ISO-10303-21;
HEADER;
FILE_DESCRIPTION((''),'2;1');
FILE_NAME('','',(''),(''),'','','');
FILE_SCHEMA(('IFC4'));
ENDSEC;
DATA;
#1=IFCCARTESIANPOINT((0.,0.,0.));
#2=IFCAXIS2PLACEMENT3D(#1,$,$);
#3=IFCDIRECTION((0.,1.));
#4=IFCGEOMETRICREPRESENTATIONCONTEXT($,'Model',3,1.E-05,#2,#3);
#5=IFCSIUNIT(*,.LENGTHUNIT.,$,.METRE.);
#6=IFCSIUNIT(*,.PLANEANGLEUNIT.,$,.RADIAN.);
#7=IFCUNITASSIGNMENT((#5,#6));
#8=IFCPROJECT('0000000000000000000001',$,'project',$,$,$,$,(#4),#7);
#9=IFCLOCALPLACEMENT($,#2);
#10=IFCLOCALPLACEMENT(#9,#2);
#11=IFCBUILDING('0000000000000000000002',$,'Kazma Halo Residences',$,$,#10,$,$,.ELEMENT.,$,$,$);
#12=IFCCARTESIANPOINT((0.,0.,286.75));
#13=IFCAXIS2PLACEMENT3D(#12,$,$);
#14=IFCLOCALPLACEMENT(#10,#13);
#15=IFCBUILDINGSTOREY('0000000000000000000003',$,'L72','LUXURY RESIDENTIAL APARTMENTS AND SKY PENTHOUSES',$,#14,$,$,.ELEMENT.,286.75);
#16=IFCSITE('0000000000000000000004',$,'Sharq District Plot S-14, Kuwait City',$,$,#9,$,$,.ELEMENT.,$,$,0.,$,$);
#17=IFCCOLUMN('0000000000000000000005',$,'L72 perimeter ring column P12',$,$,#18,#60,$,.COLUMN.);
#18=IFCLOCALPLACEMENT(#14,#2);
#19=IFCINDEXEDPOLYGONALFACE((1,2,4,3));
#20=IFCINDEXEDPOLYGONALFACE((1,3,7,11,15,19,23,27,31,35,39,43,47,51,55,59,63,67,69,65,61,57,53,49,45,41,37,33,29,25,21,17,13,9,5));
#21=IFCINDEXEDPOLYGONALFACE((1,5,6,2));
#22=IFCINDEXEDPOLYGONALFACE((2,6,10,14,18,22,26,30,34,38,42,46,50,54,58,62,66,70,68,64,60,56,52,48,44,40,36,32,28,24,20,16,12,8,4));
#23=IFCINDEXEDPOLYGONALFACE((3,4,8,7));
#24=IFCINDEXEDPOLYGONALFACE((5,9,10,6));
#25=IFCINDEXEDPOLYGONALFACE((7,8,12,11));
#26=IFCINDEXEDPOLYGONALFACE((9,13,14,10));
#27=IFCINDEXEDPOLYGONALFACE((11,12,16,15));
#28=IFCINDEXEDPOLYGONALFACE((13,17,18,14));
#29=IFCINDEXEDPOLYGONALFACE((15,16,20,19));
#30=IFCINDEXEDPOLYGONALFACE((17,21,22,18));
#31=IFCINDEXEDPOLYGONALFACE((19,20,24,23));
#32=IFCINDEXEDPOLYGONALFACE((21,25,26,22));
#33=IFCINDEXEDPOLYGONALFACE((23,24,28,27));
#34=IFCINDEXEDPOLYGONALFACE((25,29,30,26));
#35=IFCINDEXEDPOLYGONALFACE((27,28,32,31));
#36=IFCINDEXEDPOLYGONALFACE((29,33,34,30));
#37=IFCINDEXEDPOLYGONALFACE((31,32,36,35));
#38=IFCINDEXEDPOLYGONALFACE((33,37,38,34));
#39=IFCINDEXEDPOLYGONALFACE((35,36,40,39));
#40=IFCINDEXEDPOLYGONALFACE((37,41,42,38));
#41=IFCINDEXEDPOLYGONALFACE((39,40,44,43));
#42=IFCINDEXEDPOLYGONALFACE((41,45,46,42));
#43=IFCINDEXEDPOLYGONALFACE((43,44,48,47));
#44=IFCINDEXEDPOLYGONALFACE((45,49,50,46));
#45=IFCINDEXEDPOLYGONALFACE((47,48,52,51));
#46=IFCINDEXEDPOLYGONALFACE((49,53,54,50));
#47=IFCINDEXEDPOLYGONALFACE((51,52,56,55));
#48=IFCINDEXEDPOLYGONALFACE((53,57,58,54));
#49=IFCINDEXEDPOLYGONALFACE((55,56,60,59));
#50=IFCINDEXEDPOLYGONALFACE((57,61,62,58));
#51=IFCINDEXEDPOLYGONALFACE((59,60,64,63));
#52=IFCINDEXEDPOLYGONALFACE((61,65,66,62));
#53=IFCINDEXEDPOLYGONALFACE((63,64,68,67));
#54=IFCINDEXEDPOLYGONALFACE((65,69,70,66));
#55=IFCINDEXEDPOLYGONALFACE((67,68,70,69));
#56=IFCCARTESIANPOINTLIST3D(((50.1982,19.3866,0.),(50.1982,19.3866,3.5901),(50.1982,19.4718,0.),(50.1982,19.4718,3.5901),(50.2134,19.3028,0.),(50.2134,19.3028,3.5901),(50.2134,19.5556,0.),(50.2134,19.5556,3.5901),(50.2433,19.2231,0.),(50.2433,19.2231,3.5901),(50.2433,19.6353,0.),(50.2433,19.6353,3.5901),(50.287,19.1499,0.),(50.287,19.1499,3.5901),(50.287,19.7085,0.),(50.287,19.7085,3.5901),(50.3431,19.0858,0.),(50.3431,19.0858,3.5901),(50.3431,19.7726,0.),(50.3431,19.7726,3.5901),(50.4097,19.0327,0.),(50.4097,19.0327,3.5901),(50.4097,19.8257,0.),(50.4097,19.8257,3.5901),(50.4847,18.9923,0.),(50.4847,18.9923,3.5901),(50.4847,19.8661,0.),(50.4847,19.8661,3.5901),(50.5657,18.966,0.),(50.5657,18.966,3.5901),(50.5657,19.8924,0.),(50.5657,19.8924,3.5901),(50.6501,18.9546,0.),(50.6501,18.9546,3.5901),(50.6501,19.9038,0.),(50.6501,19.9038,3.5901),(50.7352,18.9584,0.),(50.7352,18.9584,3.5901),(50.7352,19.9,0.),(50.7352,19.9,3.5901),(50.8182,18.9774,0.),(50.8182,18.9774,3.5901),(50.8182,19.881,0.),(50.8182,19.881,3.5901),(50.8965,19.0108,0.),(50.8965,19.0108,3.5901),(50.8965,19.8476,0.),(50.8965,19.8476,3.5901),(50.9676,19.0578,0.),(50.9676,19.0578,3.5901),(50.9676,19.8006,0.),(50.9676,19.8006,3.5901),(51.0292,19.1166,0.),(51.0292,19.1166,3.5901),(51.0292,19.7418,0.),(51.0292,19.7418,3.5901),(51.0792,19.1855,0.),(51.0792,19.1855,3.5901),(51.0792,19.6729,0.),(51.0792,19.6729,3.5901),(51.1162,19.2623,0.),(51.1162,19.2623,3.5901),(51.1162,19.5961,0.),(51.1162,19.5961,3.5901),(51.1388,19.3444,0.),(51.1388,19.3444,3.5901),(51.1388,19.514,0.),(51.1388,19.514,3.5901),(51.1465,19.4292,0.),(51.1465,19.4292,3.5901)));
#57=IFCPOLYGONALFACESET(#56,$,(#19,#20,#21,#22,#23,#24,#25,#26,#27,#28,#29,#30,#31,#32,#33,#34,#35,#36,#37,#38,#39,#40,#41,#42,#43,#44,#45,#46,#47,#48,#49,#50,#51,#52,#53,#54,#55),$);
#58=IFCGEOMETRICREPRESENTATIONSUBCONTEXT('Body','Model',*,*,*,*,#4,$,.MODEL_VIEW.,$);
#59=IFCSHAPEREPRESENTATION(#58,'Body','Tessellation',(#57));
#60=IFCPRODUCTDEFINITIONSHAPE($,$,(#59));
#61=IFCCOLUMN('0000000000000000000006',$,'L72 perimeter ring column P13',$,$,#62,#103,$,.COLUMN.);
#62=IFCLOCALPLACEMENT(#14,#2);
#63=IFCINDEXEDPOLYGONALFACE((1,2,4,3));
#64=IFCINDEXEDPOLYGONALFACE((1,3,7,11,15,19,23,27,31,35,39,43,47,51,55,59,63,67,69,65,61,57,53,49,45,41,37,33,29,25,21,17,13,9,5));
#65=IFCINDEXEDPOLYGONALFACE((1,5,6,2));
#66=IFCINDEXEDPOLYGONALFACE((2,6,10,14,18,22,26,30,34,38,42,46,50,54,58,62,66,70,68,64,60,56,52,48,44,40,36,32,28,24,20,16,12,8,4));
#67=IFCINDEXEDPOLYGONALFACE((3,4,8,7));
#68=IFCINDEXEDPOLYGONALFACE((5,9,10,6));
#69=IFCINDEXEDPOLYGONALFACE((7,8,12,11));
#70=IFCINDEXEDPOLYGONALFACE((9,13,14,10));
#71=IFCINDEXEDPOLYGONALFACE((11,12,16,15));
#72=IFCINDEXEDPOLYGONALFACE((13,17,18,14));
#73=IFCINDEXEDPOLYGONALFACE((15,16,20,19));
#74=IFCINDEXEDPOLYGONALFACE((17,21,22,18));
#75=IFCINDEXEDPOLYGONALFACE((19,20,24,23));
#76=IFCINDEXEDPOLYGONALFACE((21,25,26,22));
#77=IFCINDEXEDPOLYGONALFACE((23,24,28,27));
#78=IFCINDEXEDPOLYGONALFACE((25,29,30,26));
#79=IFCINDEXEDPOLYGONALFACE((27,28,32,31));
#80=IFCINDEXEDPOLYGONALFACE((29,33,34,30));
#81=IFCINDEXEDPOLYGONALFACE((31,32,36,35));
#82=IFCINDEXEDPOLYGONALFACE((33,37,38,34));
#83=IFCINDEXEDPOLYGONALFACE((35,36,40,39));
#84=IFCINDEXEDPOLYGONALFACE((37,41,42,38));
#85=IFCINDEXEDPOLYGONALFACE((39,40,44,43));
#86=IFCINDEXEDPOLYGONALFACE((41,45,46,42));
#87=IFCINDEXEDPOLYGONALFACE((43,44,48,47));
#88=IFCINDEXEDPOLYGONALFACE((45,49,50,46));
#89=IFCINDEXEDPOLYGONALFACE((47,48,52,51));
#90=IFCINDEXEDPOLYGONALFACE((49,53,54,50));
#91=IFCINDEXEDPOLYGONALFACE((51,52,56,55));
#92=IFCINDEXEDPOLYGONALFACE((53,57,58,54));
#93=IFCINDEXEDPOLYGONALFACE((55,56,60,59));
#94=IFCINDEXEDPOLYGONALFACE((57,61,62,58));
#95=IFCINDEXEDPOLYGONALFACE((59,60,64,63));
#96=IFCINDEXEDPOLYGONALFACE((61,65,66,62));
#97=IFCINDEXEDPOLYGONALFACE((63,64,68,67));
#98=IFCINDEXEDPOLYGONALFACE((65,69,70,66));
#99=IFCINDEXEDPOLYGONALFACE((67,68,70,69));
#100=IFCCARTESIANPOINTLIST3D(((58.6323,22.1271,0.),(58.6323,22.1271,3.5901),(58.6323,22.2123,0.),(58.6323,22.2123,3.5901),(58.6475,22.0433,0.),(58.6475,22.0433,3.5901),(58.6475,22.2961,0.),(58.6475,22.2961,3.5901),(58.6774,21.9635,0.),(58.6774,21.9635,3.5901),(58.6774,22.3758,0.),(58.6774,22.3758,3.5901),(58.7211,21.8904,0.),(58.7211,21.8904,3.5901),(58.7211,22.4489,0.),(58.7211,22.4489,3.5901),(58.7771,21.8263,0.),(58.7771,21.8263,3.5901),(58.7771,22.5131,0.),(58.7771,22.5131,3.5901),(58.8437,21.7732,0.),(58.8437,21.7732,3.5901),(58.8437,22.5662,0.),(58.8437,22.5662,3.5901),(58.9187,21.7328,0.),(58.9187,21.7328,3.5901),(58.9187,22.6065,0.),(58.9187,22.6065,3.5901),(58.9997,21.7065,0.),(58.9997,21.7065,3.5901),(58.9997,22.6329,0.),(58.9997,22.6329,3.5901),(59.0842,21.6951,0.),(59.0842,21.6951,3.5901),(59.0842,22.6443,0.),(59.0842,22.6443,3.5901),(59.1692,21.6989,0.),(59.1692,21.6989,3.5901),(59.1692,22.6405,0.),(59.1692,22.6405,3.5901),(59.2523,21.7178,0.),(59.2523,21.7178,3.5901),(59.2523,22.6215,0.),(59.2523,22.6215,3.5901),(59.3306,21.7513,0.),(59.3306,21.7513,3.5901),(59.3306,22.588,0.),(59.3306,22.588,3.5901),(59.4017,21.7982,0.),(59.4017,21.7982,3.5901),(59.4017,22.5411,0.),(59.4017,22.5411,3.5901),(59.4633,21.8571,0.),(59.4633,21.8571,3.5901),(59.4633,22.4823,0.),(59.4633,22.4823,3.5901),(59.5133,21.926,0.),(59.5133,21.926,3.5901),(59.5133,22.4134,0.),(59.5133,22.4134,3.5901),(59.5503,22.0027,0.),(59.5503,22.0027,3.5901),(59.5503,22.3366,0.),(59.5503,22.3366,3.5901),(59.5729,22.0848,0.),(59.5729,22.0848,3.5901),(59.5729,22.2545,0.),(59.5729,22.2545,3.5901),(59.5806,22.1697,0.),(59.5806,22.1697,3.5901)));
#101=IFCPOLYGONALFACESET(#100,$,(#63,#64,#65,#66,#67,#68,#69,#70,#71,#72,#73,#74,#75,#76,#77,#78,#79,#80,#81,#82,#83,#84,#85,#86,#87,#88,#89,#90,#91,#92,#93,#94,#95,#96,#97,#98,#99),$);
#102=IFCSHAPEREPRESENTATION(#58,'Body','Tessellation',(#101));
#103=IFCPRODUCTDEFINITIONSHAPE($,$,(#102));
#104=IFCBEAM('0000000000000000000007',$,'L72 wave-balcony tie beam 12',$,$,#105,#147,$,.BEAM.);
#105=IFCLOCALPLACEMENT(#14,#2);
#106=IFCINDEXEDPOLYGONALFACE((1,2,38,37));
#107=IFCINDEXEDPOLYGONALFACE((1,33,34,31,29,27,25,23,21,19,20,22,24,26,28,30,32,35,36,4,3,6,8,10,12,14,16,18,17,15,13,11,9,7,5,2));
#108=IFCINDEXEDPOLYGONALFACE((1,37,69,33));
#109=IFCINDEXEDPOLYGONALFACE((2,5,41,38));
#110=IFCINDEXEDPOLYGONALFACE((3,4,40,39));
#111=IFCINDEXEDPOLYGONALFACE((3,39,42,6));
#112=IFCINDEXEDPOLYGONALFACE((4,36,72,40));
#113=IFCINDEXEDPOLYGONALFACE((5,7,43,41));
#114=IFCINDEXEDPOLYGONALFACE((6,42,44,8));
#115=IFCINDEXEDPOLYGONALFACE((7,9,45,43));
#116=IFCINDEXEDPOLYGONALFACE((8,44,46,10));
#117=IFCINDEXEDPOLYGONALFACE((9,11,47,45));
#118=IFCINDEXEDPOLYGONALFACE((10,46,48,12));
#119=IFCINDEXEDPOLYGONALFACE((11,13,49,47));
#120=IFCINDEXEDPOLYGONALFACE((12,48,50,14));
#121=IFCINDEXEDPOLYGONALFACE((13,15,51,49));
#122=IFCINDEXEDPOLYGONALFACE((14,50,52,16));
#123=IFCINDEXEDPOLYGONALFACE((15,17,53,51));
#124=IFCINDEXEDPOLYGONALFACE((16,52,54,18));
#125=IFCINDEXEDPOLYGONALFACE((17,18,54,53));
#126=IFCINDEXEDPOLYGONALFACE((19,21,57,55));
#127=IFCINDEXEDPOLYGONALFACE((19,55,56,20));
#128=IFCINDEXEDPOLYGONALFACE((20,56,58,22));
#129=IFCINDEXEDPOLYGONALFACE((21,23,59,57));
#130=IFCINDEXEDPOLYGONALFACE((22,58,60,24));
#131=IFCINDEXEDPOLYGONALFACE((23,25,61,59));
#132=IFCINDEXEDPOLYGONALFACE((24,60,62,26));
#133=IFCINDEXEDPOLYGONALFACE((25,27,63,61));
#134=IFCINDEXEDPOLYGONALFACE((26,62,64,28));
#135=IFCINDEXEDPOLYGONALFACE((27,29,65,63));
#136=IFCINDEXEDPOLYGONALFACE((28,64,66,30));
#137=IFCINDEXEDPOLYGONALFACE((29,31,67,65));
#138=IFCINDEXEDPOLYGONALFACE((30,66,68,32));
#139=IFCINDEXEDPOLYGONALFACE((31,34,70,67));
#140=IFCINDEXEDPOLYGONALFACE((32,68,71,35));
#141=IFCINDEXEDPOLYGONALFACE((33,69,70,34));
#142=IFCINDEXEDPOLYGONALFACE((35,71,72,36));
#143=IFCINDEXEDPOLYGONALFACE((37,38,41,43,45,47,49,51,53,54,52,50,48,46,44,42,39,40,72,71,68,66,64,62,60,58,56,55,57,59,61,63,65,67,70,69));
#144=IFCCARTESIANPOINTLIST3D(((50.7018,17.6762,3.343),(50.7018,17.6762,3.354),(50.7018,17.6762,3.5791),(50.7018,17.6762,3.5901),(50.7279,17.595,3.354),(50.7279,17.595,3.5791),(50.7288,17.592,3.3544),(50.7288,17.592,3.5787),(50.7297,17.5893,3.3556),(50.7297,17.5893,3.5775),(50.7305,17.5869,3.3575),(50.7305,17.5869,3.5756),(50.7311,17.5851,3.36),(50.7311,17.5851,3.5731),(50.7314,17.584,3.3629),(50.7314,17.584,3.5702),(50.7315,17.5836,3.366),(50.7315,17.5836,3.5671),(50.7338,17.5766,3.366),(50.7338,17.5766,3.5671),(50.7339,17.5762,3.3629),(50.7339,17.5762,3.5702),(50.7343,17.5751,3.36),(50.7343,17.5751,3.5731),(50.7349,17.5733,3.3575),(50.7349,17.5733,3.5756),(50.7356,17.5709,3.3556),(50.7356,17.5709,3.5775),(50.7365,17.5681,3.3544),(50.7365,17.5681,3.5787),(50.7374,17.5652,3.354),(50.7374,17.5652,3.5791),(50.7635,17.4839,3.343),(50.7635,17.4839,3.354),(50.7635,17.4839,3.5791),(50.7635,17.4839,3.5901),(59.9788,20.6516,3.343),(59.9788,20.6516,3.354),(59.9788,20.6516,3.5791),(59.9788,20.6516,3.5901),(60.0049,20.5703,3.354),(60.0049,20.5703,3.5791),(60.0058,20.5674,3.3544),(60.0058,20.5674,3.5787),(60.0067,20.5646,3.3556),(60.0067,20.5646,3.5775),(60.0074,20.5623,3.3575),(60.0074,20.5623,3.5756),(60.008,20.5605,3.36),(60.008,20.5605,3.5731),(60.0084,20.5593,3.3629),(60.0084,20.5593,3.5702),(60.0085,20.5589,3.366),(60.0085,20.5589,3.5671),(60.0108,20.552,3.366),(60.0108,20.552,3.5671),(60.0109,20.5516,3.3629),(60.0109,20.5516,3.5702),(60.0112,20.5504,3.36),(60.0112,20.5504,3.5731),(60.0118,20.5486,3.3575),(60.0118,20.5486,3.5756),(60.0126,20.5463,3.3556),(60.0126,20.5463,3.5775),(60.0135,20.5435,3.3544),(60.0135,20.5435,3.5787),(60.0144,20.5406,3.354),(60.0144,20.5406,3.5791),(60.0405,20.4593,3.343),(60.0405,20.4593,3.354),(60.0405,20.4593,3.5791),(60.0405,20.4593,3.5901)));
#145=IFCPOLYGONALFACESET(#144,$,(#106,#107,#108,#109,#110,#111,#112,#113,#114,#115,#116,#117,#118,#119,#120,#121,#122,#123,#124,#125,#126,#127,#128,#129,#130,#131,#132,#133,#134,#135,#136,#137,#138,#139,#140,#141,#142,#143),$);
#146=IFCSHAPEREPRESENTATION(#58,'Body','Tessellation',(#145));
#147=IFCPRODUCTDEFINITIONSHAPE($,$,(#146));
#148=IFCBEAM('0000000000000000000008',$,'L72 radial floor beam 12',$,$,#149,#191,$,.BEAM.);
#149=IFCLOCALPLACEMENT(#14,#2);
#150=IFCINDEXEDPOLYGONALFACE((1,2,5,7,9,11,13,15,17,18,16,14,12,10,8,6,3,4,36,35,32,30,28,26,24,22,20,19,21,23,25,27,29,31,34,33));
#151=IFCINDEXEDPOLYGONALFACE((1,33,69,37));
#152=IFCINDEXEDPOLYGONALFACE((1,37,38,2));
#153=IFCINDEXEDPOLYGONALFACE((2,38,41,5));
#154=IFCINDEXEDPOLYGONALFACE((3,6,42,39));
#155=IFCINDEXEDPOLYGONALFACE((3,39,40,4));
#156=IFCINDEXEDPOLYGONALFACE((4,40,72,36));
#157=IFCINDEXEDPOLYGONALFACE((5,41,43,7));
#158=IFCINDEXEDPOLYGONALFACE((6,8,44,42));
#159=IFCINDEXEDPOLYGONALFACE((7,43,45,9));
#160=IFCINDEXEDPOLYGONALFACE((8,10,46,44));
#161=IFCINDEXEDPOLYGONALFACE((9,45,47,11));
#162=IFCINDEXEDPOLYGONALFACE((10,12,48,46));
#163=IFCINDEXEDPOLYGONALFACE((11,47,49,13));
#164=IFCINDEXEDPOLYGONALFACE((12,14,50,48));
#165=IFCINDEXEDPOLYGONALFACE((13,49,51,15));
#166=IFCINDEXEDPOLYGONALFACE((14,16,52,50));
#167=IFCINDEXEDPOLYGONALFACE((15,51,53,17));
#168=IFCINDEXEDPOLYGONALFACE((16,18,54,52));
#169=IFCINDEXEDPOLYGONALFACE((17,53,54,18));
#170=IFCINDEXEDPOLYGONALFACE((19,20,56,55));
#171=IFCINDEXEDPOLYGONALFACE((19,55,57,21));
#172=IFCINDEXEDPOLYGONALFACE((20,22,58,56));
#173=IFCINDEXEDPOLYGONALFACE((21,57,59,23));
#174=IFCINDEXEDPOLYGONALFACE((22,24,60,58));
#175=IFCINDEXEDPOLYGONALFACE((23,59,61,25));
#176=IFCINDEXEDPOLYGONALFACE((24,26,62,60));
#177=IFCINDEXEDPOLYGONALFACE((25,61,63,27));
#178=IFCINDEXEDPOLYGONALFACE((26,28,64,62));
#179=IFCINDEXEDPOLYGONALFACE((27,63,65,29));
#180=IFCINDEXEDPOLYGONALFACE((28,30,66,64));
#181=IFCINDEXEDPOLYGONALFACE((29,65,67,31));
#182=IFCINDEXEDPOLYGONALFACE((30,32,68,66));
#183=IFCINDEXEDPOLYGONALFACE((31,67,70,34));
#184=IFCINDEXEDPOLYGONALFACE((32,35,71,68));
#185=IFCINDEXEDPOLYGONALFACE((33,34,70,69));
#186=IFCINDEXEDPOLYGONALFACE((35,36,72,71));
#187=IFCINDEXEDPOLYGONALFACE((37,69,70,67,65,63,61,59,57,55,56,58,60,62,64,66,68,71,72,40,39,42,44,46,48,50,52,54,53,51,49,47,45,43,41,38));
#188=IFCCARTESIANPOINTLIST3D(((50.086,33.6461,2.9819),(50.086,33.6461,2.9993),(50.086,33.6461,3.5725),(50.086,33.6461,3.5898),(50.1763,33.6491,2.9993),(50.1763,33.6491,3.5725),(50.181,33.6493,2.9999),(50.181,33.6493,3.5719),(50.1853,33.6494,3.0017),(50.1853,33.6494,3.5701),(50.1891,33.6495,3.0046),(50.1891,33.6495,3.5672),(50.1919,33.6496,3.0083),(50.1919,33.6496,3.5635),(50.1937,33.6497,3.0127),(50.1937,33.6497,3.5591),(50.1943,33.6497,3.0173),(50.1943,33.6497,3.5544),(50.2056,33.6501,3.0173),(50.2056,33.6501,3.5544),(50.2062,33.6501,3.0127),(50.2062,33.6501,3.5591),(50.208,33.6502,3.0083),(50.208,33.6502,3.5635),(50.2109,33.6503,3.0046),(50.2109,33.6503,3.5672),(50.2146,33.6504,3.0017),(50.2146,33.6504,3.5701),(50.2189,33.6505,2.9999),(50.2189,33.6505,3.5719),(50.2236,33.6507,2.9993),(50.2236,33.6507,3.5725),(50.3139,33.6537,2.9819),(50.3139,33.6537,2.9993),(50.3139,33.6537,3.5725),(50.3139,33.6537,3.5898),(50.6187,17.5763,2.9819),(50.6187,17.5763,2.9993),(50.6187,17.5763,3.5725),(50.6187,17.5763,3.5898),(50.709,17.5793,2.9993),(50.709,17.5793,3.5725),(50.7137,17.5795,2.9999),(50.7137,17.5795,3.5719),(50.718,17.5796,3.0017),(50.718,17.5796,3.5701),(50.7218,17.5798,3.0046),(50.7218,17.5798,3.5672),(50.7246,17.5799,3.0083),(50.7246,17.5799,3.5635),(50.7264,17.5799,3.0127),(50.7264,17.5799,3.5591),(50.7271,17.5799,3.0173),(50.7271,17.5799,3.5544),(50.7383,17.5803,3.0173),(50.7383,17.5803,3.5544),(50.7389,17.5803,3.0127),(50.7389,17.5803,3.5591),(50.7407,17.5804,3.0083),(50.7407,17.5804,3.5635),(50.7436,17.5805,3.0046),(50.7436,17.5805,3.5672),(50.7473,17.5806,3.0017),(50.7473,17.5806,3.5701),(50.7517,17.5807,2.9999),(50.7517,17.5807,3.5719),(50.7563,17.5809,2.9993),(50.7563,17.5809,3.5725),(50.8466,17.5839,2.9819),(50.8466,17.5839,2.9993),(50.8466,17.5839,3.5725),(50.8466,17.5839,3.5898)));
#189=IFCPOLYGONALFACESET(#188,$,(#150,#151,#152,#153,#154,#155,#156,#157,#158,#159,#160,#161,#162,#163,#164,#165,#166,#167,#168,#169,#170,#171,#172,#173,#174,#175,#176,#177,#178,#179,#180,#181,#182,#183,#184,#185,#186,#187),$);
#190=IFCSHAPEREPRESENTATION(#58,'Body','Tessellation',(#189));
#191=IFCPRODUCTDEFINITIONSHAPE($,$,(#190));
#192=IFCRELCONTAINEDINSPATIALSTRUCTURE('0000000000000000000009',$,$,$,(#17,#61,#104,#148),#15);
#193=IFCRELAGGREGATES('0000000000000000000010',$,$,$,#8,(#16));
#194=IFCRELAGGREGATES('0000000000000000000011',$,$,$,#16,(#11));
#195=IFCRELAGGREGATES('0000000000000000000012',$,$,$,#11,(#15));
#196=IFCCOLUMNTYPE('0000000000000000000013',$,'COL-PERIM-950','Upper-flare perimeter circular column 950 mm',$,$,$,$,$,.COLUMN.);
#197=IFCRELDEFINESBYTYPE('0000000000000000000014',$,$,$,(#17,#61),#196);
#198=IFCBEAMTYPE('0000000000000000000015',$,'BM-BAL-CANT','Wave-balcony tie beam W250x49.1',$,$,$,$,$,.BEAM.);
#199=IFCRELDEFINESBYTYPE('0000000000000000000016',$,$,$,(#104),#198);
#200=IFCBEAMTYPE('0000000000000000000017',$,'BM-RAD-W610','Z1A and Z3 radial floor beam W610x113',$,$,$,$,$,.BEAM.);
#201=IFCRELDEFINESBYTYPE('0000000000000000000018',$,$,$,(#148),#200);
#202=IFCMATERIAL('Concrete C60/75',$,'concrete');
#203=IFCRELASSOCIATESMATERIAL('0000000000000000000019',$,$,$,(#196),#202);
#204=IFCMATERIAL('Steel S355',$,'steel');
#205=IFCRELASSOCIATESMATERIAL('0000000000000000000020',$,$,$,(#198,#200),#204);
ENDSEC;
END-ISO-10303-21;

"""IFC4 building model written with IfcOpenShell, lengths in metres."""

from ifc_helpers import new_model, si_unit, direction, frame, origin, origin_2d, place, context, subcontext, project, spatial, circle, i_section, extrude, material, material_profile, profile_set, type_object, element, save


model = new_model("IFC4")

# Units and contexts
model_context = context("Model", 3, precision=1e-05, world=origin(), true_north=direction((0.0, 1.0)))
body_context = subcontext(model_context, "Body", "Model", "MODEL_VIEW")
ifc_project = project(units=[si_unit("LENGTHUNIT", "METRE"), si_unit("PLANEANGLEUNIT", "RADIAN")], contexts=[model_context])

# Site, building, storey
site_placement = place(None, origin())
site = spatial("IfcSite", under=ifc_project, at=site_placement, Name="Sharq District Plot S-14, Kuwait City", CompositionType="ELEMENT", RefElevation=0.0)
building_placement = place(site_placement, origin())
building = spatial("IfcBuilding", under=site, at=building_placement, Name="Kazma Halo Residences", CompositionType="ELEMENT")
storey_placement = place(building_placement, frame((0.0, 0.0, 286.75)))
storey = spatial("IfcBuildingStorey", under=building, at=storey_placement, Name="L72", Description="LUXURY RESIDENTIAL APARTMENTS AND SKY PENTHOUSES", CompositionType="ELEMENT", Elevation=286.75)

# Columns
ifc_material_1 = material(Name="Concrete C60/75", Category="concrete")
ifc_material_profile_1 = material_profile(ifc_material_1, circle(Radius=0.4751, at=origin_2d()), Name="CIRC950")
ifc_profile_set_1 = profile_set([ifc_material_profile_1], Name="Concrete C60/75")
column_type = type_object("IfcColumnType", Name="COL-PERIM-950", Description="Upper-flare perimeter circular column 950 mm", PredefinedType="COLUMN", material=ifc_profile_set_1)
for number, where, z_axis, x_axis, name in (
    (1, (50.6714, 19.4292, 0.0), (0.0, 0.0, 1.0), (1.0, 0.0, 0.0), "L72 perimeter ring column P12"),
    (2, (59.1055, 22.1697, 0.0), (0.0, 0.0, 1.0), (1.0, 0.0, 0.0), "L72 perimeter ring column P13"),
):
    element("IfcColumn", number, at=place(storey_placement, frame(where, z_axis=z_axis, x_axis=x_axis)), inside=storey, type_object=column_type, Name=name, PredefinedType="COLUMN", context=body_context, shape_type="SweptSolid", body=[
        extrude(circle(Radius=0.4751, at=origin_2d()), origin(), (0.0, 0.0, 1.0), 3.5901),
    ])

# Beams
ifc_material_2 = material(Name="Steel S355", Category="steel")
ifc_material_profile_2 = material_profile(ifc_material_2, i_section(OverallWidth=0.2019, OverallDepth=0.2471, WebThickness=0.0073, FlangeThickness=0.011, FilletRadius=0.012, at=origin_2d()), Name="W250x49.1")
ifc_profile_set_2 = profile_set([ifc_material_profile_2], Name="Steel S355")
beam_type_1 = type_object("IfcBeamType", Name="BM-BAL-CANT", Description="Wave-balcony tie beam W250x49.1", PredefinedType="BEAM", material=ifc_profile_set_2)
beam_1_placement = place(storey_placement, frame((50.7327, 17.5801, 3.4666), z_axis=(0.952223, 0.305404, 0.0), x_axis=(-0.305404, 0.952223, 0.0)))
element("IfcBeam", 3, at=beam_1_placement, inside=storey, type_object=beam_type_1, Name="L72 wave-balcony tie beam 12", PredefinedType="BEAM", context=body_context, shape_type="SweptSolid", body=[
    extrude(i_section(OverallWidth=0.2019, OverallDepth=0.2471, WebThickness=0.0073, FlangeThickness=0.011, FilletRadius=0.012, at=origin_2d()), origin(), (0.0, 0.0, 1.0), 9.7424),
])
ifc_material_profile_3 = material_profile(ifc_material_2, i_section(OverallWidth=0.228, OverallDepth=0.6079, WebThickness=0.0112, FlangeThickness=0.0173, FilletRadius=0.0181, at=origin_2d()), Name="W610x113")
ifc_profile_set_3 = profile_set([ifc_material_profile_3], Name="Steel S355")
beam_type_2 = type_object("IfcBeamType", Name="BM-RAD-W610", Description="Z1A and Z3 radial floor beam W610x113", PredefinedType="BEAM", material=ifc_profile_set_3)
beam_2_placement = place(storey_placement, frame((50.2, 33.6499, 3.2859), z_axis=(0.033132, -0.999451, 0.0), x_axis=(0.999451, 0.033132, 0.0)))
element("IfcBeam", 4, at=beam_2_placement, inside=storey, type_object=beam_type_2, Name="L72 radial floor beam 12", PredefinedType="BEAM", context=body_context, shape_type="SweptSolid", body=[
    extrude(i_section(OverallWidth=0.228, OverallDepth=0.6079, WebThickness=0.0112, FlangeThickness=0.0173, FilletRadius=0.0181, at=origin_2d()), origin(), (0.0, 0.0, 1.0), 16.0786),
])

save(model, "model.ifc")
